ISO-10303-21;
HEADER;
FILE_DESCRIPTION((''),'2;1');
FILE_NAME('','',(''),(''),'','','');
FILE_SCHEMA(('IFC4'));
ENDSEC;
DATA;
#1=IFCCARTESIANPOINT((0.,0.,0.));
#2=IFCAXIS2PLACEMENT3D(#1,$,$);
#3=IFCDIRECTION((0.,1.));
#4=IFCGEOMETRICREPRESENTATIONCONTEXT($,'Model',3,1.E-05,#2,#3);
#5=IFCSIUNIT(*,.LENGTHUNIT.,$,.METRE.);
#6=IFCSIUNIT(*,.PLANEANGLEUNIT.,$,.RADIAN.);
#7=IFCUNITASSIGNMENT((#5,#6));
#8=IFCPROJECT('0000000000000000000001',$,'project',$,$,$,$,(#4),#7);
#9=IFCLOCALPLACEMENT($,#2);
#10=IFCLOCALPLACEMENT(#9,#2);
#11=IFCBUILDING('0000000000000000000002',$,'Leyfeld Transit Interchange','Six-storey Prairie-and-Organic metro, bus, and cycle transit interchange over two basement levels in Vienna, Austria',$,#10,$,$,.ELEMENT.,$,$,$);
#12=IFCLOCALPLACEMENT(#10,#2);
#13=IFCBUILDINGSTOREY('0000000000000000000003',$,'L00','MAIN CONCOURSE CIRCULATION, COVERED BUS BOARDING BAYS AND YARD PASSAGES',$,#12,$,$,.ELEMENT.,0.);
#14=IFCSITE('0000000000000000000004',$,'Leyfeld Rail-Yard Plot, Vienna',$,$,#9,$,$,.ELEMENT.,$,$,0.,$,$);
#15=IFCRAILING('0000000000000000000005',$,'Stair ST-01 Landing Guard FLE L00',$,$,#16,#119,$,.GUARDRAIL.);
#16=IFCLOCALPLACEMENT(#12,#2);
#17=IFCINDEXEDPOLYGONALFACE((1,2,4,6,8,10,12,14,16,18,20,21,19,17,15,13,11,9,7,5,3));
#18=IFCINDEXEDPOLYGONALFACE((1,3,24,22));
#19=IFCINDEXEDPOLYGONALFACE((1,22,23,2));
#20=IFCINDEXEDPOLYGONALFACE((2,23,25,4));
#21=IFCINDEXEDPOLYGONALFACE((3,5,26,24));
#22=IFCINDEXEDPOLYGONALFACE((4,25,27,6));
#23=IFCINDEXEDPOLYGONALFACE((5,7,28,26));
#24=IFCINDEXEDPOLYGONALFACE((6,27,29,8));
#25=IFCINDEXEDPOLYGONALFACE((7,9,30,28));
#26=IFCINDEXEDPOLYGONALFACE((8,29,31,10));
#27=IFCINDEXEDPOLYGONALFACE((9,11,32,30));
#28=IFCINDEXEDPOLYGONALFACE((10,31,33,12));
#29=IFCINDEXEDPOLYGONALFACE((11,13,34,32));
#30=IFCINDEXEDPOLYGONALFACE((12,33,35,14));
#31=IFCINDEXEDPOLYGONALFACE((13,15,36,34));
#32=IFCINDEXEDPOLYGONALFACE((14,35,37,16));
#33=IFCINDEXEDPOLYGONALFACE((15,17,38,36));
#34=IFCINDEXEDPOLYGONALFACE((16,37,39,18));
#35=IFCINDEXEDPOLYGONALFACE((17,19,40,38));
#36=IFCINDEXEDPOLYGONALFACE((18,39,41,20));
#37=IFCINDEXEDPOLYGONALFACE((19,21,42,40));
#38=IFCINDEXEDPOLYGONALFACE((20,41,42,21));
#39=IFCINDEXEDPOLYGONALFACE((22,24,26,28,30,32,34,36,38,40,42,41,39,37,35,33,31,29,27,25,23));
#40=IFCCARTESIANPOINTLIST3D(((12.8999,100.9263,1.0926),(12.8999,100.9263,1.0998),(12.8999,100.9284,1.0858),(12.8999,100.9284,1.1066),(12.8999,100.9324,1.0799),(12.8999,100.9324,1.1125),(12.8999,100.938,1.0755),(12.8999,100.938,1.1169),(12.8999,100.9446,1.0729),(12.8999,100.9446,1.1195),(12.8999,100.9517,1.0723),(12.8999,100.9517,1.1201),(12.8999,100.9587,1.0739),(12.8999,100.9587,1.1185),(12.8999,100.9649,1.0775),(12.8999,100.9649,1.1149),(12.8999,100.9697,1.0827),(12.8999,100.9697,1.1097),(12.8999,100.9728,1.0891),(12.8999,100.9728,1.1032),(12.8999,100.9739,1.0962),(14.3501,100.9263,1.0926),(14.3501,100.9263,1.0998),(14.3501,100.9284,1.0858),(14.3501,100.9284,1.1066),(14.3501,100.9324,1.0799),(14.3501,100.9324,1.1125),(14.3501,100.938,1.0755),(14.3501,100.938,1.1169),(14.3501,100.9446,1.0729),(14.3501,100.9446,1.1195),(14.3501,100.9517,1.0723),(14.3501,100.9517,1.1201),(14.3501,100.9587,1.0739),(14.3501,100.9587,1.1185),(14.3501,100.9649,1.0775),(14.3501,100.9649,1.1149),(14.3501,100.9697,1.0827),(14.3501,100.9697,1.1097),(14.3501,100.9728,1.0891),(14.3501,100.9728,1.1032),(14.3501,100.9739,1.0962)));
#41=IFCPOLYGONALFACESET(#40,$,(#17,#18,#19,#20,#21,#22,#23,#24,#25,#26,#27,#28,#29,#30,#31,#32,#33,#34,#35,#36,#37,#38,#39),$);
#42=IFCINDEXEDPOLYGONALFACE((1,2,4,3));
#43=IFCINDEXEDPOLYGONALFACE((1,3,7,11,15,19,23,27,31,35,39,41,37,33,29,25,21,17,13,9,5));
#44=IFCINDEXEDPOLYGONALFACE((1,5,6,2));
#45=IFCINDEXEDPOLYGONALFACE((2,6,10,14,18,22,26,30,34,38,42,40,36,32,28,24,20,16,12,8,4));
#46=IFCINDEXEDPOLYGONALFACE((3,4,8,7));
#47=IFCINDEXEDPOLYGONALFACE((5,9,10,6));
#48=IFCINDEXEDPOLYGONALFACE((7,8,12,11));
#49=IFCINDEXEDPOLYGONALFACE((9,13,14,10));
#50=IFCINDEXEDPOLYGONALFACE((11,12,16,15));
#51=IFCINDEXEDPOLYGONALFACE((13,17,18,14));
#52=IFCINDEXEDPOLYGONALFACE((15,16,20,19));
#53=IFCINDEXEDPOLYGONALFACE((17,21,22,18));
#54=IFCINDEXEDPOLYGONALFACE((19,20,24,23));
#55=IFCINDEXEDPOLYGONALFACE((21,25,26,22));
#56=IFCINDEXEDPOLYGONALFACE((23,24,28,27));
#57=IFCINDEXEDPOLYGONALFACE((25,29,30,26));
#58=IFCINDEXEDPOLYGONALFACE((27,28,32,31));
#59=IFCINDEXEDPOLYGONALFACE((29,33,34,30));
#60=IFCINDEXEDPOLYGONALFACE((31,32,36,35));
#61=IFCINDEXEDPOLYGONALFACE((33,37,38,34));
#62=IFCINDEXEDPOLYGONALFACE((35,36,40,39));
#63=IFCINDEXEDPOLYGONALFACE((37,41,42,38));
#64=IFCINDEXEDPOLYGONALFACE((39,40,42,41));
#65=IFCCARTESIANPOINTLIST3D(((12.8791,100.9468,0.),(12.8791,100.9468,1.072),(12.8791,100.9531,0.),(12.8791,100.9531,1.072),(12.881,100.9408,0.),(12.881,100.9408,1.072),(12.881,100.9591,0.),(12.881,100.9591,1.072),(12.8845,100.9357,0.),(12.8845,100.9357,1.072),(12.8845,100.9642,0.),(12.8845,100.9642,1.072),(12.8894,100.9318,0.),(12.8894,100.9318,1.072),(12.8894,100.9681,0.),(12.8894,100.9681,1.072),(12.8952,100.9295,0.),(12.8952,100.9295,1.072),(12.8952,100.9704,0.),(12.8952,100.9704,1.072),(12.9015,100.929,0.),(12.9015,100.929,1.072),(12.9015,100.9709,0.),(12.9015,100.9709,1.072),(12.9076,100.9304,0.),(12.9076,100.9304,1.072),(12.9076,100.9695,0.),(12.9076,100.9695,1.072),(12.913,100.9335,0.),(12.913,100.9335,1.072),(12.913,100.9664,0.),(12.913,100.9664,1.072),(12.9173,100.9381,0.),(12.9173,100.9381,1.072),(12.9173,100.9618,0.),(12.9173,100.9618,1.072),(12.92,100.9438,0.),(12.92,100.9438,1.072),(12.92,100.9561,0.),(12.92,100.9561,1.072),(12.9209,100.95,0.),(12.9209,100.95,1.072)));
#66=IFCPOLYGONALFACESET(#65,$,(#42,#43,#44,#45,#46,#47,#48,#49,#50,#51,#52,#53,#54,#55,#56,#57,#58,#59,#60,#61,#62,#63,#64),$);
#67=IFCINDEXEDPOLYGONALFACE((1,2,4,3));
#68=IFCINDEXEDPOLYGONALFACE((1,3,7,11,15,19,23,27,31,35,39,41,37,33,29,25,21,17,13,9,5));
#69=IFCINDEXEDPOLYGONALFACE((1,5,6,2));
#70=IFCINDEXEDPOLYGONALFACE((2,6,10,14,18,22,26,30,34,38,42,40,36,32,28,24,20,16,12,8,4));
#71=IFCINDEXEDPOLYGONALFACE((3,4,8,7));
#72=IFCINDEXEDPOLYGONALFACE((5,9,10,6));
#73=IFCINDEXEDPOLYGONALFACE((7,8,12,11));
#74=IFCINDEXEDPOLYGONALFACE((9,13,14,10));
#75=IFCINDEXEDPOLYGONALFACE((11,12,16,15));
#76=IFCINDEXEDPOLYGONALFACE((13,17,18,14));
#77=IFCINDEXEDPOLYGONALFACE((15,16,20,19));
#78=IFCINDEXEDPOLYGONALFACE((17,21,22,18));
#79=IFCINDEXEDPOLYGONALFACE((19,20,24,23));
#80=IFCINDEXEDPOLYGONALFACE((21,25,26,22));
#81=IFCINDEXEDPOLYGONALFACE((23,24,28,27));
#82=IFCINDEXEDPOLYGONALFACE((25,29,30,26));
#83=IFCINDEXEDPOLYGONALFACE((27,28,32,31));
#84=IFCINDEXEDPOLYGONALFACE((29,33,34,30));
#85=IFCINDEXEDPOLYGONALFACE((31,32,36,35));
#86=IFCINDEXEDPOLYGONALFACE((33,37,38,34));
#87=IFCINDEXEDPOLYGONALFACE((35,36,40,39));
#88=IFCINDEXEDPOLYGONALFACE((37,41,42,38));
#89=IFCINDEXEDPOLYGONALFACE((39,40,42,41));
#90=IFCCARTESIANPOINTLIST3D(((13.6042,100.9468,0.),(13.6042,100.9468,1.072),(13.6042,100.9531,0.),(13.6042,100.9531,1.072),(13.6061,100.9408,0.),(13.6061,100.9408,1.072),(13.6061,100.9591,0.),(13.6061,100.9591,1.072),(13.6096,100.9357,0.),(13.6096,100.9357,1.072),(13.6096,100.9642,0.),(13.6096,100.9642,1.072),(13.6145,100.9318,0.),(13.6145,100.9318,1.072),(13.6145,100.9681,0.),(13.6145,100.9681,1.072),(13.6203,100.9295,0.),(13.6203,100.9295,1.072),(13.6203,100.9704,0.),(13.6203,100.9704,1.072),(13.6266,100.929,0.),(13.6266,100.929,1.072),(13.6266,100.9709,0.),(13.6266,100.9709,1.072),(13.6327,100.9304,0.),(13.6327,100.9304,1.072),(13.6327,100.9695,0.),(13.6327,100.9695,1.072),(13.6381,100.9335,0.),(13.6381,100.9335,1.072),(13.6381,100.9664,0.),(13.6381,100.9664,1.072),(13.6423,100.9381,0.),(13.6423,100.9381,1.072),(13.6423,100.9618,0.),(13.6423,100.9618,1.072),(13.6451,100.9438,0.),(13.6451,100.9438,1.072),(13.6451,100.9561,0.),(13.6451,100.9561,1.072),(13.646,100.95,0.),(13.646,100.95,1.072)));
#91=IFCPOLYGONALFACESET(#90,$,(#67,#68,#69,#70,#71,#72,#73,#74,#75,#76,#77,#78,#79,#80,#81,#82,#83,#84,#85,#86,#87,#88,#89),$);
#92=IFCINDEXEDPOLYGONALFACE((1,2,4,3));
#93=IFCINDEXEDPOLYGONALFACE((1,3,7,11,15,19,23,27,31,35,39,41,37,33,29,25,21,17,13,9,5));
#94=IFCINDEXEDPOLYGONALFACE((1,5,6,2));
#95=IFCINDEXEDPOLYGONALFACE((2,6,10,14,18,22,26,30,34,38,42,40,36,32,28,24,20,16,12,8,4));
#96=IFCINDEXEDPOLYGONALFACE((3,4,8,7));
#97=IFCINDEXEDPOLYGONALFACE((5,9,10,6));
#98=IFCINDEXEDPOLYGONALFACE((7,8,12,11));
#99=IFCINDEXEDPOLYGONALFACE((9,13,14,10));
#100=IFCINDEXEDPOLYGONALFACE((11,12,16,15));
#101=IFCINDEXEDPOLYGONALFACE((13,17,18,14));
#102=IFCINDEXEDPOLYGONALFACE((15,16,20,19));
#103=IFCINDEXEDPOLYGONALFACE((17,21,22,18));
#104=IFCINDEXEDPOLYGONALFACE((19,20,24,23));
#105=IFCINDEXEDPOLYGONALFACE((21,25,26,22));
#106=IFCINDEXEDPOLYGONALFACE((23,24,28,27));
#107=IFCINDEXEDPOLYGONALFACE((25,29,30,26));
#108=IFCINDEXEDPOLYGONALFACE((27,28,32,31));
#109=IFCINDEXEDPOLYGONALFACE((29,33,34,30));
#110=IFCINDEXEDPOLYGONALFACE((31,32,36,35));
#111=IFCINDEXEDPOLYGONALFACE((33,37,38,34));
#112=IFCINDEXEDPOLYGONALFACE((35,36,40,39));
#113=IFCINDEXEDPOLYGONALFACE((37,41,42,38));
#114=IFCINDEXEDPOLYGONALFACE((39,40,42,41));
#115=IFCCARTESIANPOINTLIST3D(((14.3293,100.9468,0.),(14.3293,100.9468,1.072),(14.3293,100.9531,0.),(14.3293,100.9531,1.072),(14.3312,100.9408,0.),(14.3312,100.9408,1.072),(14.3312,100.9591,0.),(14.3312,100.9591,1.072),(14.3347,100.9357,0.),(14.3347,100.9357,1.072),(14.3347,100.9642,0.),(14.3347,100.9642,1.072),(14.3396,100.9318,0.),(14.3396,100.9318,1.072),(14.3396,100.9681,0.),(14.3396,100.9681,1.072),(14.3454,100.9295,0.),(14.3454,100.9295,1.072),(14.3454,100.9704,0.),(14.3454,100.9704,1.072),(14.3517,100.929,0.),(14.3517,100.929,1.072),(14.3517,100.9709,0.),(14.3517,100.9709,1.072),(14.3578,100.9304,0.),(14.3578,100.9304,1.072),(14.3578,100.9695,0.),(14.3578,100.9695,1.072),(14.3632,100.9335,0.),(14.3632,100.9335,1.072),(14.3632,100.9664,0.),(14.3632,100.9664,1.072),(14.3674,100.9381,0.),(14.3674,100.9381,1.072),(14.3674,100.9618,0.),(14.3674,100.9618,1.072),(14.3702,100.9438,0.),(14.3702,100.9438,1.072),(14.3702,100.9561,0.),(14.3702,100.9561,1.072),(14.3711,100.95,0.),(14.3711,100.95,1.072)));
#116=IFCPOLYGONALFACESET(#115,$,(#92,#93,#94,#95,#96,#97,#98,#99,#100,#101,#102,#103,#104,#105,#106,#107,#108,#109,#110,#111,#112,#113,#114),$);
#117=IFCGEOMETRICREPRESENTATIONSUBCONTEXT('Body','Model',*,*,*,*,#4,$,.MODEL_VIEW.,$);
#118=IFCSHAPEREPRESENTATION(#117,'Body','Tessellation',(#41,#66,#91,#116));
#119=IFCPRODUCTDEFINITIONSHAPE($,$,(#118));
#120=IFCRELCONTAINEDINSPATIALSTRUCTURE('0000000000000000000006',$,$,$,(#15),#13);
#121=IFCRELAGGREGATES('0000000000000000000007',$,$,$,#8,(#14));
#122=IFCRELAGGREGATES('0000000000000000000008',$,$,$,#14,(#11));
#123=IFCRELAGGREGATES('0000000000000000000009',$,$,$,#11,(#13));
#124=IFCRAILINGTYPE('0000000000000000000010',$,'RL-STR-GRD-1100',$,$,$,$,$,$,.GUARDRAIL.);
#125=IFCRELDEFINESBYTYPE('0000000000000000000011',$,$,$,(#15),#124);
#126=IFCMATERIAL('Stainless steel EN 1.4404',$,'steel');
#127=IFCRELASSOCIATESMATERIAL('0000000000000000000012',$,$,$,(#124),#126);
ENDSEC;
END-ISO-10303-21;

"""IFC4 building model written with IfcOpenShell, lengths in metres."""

from ifc_helpers import new_model, si_unit, direction, frame, origin, origin_2d, place, context, subcontext, project, spatial, circle, extrude, material, type_object, element, save


model = new_model("IFC4")

# Units and contexts
model_context = context("Model", 3, precision=1e-05, world=origin(), true_north=direction((0.0, 1.0)))
body_context = subcontext(model_context, "Body", "Model", "MODEL_VIEW")
ifc_project = project(units=[si_unit("LENGTHUNIT", "METRE"), si_unit("PLANEANGLEUNIT", "RADIAN")], contexts=[model_context])

# Site, building, storey
site_placement = place(None, origin())
site = spatial("IfcSite", under=ifc_project, at=site_placement, Name="Leyfeld Rail-Yard Plot, Vienna", CompositionType="ELEMENT", RefElevation=0.0)
building_placement = place(site_placement, origin())
building = spatial("IfcBuilding", under=site, at=building_placement, Name="Leyfeld Transit Interchange", Description="Six-storey Prairie-and-Organic metro, bus, and cycle transit interchange over two basement levels in Vienna, Austria", CompositionType="ELEMENT")
storey_placement = place(building_placement, origin())
storey = spatial("IfcBuildingStorey", under=building, at=storey_placement, Name="L00", Description="MAIN CONCOURSE CIRCULATION, COVERED BUS BOARDING BAYS AND YARD PASSAGES", CompositionType="ELEMENT", Elevation=0.0)

# Shared definitions
ifc_material_1 = material(Name="Stainless steel EN 1.4404", Category="steel")

# Railing
railing_type_1 = type_object("IfcRailingType", Name="RL-STR-GRD-1100", PredefinedType="GUARDRAIL", material=ifc_material_1)
railing_1_placement = place(storey_placement, frame((12.8999, 100.95, 0.0)))
element("IfcRailing", 1, at=railing_1_placement, inside=storey, type_object=railing_type_1, Name="Stair ST-01 Landing Guard FLE L00", PredefinedType="GUARDRAIL", context=body_context, shape_type="SweptSolid", body=[
    extrude(circle(Radius=0.0239, at=origin_2d()), frame((0.0, 0.0, 1.0962), z_axis=(1.0, 0.0, 0.0), x_axis=(0.0, 1.0, 0.0)), (0.0, 0.0, 1.0), 1.4502),
    extrude(circle(Radius=0.021, at=origin_2d()), origin(), (0.0, 0.0, 1.0), 1.072),
    extrude(circle(Radius=0.021, at=origin_2d()), frame((0.7251, 0.0, 0.0)), (0.0, 0.0, 1.0), 1.072),
    extrude(circle(Radius=0.021, at=origin_2d()), frame((1.4502, 0.0, 0.0)), (0.0, 0.0, 1.0), 1.072),
])

save(model, "model.ifc")
